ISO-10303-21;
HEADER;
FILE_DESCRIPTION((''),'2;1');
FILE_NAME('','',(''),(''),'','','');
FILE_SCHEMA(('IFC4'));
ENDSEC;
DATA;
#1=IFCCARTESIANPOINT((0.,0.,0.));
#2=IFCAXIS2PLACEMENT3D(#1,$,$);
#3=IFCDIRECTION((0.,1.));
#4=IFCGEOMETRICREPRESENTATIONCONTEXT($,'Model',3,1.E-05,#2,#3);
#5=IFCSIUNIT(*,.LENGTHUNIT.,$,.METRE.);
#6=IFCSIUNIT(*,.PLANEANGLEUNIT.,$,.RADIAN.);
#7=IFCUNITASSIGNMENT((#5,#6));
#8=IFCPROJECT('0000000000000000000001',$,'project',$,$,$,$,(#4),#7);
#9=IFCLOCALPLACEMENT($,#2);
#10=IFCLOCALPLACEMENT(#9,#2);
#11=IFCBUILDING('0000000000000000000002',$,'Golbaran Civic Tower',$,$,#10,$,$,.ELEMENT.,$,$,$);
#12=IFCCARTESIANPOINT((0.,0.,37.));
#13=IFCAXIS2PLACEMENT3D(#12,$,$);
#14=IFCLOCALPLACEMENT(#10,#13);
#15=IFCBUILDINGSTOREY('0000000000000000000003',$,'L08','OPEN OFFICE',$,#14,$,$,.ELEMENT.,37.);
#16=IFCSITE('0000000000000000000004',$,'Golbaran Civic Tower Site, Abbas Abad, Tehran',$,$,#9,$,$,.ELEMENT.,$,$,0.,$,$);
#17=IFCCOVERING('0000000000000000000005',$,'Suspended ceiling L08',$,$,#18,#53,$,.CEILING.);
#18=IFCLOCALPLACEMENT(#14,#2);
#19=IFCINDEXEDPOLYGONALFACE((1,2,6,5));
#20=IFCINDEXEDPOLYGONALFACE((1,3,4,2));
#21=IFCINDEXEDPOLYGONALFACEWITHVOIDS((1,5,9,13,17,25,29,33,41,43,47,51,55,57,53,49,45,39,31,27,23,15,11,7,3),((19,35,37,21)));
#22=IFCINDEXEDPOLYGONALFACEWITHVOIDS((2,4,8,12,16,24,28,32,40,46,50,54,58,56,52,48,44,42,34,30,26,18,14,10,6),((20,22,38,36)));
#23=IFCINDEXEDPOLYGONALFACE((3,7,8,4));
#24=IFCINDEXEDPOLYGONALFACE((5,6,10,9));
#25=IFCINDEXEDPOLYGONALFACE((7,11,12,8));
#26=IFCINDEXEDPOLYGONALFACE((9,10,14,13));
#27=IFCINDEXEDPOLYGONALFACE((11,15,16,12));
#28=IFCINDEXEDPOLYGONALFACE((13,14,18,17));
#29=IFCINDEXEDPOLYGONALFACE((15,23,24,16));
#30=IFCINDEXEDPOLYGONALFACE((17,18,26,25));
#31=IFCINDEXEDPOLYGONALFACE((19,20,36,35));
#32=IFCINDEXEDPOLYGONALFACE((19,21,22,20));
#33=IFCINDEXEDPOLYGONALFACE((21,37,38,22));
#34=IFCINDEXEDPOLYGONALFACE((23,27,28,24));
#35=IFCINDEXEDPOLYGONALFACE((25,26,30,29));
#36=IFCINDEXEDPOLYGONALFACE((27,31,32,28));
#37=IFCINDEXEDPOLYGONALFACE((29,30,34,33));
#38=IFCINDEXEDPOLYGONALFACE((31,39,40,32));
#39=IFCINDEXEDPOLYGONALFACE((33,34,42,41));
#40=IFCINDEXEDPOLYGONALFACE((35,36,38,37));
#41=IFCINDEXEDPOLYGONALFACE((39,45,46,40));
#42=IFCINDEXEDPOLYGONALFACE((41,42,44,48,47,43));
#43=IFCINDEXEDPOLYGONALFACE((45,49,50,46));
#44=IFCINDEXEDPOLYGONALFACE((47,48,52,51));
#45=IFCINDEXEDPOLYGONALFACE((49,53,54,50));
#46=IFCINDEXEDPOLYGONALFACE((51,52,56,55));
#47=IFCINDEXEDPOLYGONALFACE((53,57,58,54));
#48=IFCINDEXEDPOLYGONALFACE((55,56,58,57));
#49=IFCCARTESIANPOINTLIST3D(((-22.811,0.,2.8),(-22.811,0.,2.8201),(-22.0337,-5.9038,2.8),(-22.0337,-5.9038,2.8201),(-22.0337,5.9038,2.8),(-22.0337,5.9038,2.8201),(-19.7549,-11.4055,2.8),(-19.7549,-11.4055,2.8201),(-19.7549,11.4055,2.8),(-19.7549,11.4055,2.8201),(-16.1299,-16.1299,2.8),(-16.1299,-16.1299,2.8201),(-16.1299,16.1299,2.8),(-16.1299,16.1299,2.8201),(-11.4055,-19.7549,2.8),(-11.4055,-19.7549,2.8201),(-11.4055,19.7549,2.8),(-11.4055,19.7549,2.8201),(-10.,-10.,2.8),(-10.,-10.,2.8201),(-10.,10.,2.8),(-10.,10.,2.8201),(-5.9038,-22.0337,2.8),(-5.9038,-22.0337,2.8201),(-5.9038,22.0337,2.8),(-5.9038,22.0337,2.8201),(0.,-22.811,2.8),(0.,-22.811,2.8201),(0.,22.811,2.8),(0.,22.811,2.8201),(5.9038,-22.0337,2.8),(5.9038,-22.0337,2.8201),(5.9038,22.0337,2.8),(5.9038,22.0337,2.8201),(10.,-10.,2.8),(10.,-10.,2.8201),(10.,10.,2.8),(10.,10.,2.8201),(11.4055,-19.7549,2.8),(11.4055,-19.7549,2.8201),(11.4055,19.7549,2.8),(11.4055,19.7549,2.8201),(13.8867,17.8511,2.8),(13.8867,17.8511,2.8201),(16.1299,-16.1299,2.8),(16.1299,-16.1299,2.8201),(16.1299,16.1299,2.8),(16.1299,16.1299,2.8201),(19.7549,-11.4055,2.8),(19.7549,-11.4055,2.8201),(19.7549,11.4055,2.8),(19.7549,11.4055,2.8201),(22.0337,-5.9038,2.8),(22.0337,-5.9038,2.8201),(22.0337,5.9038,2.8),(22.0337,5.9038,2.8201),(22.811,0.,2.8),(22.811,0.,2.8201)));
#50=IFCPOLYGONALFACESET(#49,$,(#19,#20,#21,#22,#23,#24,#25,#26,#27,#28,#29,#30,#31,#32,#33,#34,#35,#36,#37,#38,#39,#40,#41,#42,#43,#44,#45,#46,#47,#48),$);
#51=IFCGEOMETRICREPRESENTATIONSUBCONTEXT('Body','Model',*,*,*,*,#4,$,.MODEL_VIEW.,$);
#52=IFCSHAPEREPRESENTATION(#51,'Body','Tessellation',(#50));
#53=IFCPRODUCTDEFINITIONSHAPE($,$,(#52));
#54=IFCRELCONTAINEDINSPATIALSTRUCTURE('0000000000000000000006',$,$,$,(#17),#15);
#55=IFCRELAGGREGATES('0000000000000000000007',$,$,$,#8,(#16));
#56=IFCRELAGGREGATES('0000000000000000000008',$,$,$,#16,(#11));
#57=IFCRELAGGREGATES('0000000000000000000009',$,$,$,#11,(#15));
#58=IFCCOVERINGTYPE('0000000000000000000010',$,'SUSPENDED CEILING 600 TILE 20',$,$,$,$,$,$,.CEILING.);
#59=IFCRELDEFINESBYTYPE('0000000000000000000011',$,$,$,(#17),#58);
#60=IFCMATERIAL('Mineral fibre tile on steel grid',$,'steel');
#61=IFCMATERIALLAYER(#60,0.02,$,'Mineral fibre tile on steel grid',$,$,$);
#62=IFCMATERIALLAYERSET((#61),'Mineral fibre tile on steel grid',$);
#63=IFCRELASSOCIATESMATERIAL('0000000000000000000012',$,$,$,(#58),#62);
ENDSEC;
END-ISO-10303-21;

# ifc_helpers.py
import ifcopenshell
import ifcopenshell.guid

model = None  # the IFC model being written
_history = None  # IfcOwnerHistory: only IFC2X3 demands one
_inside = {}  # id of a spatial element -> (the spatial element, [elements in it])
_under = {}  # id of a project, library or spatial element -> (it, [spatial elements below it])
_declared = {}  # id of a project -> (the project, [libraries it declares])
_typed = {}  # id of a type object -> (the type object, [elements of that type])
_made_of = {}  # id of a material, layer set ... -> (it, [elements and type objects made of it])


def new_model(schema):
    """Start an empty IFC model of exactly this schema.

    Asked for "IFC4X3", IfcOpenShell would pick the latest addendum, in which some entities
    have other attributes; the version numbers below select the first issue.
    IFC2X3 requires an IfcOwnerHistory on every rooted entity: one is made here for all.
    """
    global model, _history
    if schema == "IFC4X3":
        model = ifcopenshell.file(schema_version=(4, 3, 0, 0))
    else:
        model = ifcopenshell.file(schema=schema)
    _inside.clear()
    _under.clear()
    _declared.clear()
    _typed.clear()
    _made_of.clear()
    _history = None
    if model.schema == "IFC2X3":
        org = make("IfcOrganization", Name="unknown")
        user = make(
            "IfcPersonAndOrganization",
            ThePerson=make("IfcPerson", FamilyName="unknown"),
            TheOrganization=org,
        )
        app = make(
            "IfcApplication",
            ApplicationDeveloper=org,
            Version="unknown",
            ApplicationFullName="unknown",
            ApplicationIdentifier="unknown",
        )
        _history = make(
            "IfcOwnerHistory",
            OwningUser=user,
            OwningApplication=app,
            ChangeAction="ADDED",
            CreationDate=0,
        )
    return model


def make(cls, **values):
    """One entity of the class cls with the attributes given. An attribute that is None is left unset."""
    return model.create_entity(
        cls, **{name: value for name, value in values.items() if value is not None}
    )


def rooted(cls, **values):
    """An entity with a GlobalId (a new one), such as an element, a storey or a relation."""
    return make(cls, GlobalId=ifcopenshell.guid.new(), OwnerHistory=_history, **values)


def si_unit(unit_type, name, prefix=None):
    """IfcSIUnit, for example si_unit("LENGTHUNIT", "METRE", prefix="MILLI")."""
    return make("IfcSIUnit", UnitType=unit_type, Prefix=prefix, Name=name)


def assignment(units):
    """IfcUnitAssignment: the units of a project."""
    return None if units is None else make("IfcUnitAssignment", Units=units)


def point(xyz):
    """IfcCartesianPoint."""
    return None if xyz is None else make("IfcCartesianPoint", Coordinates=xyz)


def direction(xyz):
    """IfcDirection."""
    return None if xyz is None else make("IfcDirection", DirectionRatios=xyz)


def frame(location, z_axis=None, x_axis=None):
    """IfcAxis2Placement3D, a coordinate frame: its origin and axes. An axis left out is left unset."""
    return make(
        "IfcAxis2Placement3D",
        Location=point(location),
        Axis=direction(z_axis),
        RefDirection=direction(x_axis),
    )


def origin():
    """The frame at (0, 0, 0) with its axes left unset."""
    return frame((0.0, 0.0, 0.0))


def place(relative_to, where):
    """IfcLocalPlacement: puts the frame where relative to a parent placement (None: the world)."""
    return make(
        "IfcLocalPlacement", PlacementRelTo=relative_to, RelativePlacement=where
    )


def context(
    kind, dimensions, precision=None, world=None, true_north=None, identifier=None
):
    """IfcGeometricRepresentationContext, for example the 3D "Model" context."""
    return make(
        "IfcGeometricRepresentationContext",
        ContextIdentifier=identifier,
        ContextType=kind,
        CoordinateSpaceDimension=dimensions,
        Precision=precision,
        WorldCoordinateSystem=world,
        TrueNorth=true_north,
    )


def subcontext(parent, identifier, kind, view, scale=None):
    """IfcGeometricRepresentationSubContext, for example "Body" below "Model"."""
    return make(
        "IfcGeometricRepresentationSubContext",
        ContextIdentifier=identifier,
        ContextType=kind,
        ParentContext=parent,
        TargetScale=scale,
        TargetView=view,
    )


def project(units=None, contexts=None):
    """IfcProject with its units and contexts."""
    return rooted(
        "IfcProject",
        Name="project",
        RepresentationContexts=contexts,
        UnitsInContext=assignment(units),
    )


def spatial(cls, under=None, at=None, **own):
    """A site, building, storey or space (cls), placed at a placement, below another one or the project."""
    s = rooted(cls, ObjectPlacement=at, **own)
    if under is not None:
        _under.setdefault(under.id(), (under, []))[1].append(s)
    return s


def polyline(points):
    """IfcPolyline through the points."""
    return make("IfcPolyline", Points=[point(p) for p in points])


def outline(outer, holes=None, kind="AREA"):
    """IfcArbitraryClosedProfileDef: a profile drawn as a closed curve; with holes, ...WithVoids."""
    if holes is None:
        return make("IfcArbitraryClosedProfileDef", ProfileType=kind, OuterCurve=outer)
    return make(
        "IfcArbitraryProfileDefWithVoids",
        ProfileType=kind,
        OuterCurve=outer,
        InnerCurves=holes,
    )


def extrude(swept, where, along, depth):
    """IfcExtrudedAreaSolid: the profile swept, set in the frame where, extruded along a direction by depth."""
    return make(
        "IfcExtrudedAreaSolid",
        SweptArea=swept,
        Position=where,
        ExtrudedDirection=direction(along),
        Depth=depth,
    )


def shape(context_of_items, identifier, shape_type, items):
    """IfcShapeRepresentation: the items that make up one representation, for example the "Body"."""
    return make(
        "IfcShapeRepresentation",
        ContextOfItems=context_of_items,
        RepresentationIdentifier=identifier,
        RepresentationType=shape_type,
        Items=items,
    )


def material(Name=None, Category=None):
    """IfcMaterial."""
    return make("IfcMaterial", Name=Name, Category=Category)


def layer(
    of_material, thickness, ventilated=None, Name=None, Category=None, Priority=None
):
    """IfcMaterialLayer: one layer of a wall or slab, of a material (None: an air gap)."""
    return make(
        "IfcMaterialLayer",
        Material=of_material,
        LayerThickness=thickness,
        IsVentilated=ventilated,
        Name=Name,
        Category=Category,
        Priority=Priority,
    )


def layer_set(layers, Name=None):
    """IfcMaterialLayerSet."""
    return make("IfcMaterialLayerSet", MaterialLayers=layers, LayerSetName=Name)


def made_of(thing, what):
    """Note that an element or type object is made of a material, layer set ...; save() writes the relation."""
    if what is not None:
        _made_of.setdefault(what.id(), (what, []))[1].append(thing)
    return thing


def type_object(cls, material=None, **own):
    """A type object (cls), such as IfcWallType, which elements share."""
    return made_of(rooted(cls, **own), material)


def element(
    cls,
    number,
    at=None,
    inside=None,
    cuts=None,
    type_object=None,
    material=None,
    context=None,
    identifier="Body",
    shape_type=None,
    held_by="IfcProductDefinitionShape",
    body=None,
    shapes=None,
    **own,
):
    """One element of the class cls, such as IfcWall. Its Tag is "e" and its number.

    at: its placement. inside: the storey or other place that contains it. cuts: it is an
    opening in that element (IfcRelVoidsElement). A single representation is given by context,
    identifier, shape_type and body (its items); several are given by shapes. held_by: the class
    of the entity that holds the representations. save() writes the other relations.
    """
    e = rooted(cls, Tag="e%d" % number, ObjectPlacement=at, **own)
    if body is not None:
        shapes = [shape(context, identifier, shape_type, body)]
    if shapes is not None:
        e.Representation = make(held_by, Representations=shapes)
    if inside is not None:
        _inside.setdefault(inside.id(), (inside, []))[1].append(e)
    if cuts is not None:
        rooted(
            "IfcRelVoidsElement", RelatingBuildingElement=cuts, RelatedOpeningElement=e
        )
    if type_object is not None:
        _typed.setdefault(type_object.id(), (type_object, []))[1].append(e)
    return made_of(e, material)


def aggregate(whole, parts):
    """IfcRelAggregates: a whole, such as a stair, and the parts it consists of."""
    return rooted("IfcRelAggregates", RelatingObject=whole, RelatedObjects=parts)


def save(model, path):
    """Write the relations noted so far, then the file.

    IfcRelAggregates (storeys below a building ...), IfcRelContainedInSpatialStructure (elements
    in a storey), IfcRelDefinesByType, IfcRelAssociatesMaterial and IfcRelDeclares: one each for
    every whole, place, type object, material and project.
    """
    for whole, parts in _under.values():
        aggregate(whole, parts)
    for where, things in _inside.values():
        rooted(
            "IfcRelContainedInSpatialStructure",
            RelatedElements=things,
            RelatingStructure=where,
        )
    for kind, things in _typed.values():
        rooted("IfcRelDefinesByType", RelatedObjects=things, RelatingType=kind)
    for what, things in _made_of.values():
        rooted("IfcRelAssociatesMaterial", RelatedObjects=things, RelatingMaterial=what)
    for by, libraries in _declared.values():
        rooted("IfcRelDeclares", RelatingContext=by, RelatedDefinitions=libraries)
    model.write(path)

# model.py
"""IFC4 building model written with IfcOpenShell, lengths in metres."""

from ifc_helpers import new_model, si_unit, direction, frame, origin, place, context, subcontext, project, spatial, polyline, outline, extrude, material, layer, layer_set, type_object, element, save


model = new_model("IFC4")

# Units and contexts
model_context = context("Model", 3, precision=1e-05, world=origin(), true_north=direction((0.0, 1.0)))
body_context = subcontext(model_context, "Body", "Model", "MODEL_VIEW")
ifc_project = project(units=[si_unit("LENGTHUNIT", "METRE"), si_unit("PLANEANGLEUNIT", "RADIAN")], contexts=[model_context])

# Site, building, storey
site_placement = place(None, origin())
site = spatial("IfcSite", under=ifc_project, at=site_placement, Name="Golbaran Civic Tower Site, Abbas Abad, Tehran", CompositionType="ELEMENT", RefElevation=0.0)
building_placement = place(site_placement, origin())
building = spatial("IfcBuilding", under=site, at=building_placement, Name="Golbaran Civic Tower", CompositionType="ELEMENT")
storey_placement = place(building_placement, frame((0.0, 0.0, 37.0)))
storey = spatial("IfcBuildingStorey", under=building, at=storey_placement, Name="L08", Description="OPEN OFFICE", CompositionType="ELEMENT", Elevation=37.0)

# Covering
ifc_material_1 = material(Name="Mineral fibre tile on steel grid", Category="steel")
ifc_layer_1 = layer(ifc_material_1, 0.02, Name="Mineral fibre tile on steel grid")
ifc_layer_set_1 = layer_set([ifc_layer_1], Name="Mineral fibre tile on steel grid")
covering_type = type_object("IfcCoveringType", Name="SUSPENDED CEILING 600 TILE 20", PredefinedType="CEILING", material=ifc_layer_set_1)
covering_placement = place(storey_placement, frame((0.0, 0.0, 2.8)))
element("IfcCovering", 1, at=covering_placement, inside=storey, type_object=covering_type, Name="Suspended ceiling L08", PredefinedType="CEILING", context=body_context, shape_type="SweptSolid", body=[
    extrude(outline(polyline([(-22.0337, -5.9038), (-22.811, 0.0), (-22.0337, 5.9038), (-19.7549, 11.4055), (-16.1299, 16.1299), (-11.4055, 19.7549), (-5.9038, 22.0337), (0.0, 22.811), (5.9038, 22.0337), (11.4055, 19.7549), (13.8867, 17.8511), (16.1299, 16.1299), (19.7549, 11.4055), (22.0337, 5.9038), (22.811, 0.0), (22.0337, -5.9038), (19.7549, -11.4055), (16.1299, -16.1299), (11.4055, -19.7549), (5.9038, -22.0337), (0.0, -22.811), (-5.9038, -22.0337), (-11.4055, -19.7549), (-16.1299, -16.1299), (-19.7549, -11.4055), (-22.0337, -5.9038)]), holes=[polyline([(10.0, -10.0), (10.0, 10.0), (-10.0, 10.0), (-10.0, -10.0), (10.0, -10.0)])]), origin(), (0.0, 0.0, 1.0), 0.02),
])

save(model, "model.ifc")
